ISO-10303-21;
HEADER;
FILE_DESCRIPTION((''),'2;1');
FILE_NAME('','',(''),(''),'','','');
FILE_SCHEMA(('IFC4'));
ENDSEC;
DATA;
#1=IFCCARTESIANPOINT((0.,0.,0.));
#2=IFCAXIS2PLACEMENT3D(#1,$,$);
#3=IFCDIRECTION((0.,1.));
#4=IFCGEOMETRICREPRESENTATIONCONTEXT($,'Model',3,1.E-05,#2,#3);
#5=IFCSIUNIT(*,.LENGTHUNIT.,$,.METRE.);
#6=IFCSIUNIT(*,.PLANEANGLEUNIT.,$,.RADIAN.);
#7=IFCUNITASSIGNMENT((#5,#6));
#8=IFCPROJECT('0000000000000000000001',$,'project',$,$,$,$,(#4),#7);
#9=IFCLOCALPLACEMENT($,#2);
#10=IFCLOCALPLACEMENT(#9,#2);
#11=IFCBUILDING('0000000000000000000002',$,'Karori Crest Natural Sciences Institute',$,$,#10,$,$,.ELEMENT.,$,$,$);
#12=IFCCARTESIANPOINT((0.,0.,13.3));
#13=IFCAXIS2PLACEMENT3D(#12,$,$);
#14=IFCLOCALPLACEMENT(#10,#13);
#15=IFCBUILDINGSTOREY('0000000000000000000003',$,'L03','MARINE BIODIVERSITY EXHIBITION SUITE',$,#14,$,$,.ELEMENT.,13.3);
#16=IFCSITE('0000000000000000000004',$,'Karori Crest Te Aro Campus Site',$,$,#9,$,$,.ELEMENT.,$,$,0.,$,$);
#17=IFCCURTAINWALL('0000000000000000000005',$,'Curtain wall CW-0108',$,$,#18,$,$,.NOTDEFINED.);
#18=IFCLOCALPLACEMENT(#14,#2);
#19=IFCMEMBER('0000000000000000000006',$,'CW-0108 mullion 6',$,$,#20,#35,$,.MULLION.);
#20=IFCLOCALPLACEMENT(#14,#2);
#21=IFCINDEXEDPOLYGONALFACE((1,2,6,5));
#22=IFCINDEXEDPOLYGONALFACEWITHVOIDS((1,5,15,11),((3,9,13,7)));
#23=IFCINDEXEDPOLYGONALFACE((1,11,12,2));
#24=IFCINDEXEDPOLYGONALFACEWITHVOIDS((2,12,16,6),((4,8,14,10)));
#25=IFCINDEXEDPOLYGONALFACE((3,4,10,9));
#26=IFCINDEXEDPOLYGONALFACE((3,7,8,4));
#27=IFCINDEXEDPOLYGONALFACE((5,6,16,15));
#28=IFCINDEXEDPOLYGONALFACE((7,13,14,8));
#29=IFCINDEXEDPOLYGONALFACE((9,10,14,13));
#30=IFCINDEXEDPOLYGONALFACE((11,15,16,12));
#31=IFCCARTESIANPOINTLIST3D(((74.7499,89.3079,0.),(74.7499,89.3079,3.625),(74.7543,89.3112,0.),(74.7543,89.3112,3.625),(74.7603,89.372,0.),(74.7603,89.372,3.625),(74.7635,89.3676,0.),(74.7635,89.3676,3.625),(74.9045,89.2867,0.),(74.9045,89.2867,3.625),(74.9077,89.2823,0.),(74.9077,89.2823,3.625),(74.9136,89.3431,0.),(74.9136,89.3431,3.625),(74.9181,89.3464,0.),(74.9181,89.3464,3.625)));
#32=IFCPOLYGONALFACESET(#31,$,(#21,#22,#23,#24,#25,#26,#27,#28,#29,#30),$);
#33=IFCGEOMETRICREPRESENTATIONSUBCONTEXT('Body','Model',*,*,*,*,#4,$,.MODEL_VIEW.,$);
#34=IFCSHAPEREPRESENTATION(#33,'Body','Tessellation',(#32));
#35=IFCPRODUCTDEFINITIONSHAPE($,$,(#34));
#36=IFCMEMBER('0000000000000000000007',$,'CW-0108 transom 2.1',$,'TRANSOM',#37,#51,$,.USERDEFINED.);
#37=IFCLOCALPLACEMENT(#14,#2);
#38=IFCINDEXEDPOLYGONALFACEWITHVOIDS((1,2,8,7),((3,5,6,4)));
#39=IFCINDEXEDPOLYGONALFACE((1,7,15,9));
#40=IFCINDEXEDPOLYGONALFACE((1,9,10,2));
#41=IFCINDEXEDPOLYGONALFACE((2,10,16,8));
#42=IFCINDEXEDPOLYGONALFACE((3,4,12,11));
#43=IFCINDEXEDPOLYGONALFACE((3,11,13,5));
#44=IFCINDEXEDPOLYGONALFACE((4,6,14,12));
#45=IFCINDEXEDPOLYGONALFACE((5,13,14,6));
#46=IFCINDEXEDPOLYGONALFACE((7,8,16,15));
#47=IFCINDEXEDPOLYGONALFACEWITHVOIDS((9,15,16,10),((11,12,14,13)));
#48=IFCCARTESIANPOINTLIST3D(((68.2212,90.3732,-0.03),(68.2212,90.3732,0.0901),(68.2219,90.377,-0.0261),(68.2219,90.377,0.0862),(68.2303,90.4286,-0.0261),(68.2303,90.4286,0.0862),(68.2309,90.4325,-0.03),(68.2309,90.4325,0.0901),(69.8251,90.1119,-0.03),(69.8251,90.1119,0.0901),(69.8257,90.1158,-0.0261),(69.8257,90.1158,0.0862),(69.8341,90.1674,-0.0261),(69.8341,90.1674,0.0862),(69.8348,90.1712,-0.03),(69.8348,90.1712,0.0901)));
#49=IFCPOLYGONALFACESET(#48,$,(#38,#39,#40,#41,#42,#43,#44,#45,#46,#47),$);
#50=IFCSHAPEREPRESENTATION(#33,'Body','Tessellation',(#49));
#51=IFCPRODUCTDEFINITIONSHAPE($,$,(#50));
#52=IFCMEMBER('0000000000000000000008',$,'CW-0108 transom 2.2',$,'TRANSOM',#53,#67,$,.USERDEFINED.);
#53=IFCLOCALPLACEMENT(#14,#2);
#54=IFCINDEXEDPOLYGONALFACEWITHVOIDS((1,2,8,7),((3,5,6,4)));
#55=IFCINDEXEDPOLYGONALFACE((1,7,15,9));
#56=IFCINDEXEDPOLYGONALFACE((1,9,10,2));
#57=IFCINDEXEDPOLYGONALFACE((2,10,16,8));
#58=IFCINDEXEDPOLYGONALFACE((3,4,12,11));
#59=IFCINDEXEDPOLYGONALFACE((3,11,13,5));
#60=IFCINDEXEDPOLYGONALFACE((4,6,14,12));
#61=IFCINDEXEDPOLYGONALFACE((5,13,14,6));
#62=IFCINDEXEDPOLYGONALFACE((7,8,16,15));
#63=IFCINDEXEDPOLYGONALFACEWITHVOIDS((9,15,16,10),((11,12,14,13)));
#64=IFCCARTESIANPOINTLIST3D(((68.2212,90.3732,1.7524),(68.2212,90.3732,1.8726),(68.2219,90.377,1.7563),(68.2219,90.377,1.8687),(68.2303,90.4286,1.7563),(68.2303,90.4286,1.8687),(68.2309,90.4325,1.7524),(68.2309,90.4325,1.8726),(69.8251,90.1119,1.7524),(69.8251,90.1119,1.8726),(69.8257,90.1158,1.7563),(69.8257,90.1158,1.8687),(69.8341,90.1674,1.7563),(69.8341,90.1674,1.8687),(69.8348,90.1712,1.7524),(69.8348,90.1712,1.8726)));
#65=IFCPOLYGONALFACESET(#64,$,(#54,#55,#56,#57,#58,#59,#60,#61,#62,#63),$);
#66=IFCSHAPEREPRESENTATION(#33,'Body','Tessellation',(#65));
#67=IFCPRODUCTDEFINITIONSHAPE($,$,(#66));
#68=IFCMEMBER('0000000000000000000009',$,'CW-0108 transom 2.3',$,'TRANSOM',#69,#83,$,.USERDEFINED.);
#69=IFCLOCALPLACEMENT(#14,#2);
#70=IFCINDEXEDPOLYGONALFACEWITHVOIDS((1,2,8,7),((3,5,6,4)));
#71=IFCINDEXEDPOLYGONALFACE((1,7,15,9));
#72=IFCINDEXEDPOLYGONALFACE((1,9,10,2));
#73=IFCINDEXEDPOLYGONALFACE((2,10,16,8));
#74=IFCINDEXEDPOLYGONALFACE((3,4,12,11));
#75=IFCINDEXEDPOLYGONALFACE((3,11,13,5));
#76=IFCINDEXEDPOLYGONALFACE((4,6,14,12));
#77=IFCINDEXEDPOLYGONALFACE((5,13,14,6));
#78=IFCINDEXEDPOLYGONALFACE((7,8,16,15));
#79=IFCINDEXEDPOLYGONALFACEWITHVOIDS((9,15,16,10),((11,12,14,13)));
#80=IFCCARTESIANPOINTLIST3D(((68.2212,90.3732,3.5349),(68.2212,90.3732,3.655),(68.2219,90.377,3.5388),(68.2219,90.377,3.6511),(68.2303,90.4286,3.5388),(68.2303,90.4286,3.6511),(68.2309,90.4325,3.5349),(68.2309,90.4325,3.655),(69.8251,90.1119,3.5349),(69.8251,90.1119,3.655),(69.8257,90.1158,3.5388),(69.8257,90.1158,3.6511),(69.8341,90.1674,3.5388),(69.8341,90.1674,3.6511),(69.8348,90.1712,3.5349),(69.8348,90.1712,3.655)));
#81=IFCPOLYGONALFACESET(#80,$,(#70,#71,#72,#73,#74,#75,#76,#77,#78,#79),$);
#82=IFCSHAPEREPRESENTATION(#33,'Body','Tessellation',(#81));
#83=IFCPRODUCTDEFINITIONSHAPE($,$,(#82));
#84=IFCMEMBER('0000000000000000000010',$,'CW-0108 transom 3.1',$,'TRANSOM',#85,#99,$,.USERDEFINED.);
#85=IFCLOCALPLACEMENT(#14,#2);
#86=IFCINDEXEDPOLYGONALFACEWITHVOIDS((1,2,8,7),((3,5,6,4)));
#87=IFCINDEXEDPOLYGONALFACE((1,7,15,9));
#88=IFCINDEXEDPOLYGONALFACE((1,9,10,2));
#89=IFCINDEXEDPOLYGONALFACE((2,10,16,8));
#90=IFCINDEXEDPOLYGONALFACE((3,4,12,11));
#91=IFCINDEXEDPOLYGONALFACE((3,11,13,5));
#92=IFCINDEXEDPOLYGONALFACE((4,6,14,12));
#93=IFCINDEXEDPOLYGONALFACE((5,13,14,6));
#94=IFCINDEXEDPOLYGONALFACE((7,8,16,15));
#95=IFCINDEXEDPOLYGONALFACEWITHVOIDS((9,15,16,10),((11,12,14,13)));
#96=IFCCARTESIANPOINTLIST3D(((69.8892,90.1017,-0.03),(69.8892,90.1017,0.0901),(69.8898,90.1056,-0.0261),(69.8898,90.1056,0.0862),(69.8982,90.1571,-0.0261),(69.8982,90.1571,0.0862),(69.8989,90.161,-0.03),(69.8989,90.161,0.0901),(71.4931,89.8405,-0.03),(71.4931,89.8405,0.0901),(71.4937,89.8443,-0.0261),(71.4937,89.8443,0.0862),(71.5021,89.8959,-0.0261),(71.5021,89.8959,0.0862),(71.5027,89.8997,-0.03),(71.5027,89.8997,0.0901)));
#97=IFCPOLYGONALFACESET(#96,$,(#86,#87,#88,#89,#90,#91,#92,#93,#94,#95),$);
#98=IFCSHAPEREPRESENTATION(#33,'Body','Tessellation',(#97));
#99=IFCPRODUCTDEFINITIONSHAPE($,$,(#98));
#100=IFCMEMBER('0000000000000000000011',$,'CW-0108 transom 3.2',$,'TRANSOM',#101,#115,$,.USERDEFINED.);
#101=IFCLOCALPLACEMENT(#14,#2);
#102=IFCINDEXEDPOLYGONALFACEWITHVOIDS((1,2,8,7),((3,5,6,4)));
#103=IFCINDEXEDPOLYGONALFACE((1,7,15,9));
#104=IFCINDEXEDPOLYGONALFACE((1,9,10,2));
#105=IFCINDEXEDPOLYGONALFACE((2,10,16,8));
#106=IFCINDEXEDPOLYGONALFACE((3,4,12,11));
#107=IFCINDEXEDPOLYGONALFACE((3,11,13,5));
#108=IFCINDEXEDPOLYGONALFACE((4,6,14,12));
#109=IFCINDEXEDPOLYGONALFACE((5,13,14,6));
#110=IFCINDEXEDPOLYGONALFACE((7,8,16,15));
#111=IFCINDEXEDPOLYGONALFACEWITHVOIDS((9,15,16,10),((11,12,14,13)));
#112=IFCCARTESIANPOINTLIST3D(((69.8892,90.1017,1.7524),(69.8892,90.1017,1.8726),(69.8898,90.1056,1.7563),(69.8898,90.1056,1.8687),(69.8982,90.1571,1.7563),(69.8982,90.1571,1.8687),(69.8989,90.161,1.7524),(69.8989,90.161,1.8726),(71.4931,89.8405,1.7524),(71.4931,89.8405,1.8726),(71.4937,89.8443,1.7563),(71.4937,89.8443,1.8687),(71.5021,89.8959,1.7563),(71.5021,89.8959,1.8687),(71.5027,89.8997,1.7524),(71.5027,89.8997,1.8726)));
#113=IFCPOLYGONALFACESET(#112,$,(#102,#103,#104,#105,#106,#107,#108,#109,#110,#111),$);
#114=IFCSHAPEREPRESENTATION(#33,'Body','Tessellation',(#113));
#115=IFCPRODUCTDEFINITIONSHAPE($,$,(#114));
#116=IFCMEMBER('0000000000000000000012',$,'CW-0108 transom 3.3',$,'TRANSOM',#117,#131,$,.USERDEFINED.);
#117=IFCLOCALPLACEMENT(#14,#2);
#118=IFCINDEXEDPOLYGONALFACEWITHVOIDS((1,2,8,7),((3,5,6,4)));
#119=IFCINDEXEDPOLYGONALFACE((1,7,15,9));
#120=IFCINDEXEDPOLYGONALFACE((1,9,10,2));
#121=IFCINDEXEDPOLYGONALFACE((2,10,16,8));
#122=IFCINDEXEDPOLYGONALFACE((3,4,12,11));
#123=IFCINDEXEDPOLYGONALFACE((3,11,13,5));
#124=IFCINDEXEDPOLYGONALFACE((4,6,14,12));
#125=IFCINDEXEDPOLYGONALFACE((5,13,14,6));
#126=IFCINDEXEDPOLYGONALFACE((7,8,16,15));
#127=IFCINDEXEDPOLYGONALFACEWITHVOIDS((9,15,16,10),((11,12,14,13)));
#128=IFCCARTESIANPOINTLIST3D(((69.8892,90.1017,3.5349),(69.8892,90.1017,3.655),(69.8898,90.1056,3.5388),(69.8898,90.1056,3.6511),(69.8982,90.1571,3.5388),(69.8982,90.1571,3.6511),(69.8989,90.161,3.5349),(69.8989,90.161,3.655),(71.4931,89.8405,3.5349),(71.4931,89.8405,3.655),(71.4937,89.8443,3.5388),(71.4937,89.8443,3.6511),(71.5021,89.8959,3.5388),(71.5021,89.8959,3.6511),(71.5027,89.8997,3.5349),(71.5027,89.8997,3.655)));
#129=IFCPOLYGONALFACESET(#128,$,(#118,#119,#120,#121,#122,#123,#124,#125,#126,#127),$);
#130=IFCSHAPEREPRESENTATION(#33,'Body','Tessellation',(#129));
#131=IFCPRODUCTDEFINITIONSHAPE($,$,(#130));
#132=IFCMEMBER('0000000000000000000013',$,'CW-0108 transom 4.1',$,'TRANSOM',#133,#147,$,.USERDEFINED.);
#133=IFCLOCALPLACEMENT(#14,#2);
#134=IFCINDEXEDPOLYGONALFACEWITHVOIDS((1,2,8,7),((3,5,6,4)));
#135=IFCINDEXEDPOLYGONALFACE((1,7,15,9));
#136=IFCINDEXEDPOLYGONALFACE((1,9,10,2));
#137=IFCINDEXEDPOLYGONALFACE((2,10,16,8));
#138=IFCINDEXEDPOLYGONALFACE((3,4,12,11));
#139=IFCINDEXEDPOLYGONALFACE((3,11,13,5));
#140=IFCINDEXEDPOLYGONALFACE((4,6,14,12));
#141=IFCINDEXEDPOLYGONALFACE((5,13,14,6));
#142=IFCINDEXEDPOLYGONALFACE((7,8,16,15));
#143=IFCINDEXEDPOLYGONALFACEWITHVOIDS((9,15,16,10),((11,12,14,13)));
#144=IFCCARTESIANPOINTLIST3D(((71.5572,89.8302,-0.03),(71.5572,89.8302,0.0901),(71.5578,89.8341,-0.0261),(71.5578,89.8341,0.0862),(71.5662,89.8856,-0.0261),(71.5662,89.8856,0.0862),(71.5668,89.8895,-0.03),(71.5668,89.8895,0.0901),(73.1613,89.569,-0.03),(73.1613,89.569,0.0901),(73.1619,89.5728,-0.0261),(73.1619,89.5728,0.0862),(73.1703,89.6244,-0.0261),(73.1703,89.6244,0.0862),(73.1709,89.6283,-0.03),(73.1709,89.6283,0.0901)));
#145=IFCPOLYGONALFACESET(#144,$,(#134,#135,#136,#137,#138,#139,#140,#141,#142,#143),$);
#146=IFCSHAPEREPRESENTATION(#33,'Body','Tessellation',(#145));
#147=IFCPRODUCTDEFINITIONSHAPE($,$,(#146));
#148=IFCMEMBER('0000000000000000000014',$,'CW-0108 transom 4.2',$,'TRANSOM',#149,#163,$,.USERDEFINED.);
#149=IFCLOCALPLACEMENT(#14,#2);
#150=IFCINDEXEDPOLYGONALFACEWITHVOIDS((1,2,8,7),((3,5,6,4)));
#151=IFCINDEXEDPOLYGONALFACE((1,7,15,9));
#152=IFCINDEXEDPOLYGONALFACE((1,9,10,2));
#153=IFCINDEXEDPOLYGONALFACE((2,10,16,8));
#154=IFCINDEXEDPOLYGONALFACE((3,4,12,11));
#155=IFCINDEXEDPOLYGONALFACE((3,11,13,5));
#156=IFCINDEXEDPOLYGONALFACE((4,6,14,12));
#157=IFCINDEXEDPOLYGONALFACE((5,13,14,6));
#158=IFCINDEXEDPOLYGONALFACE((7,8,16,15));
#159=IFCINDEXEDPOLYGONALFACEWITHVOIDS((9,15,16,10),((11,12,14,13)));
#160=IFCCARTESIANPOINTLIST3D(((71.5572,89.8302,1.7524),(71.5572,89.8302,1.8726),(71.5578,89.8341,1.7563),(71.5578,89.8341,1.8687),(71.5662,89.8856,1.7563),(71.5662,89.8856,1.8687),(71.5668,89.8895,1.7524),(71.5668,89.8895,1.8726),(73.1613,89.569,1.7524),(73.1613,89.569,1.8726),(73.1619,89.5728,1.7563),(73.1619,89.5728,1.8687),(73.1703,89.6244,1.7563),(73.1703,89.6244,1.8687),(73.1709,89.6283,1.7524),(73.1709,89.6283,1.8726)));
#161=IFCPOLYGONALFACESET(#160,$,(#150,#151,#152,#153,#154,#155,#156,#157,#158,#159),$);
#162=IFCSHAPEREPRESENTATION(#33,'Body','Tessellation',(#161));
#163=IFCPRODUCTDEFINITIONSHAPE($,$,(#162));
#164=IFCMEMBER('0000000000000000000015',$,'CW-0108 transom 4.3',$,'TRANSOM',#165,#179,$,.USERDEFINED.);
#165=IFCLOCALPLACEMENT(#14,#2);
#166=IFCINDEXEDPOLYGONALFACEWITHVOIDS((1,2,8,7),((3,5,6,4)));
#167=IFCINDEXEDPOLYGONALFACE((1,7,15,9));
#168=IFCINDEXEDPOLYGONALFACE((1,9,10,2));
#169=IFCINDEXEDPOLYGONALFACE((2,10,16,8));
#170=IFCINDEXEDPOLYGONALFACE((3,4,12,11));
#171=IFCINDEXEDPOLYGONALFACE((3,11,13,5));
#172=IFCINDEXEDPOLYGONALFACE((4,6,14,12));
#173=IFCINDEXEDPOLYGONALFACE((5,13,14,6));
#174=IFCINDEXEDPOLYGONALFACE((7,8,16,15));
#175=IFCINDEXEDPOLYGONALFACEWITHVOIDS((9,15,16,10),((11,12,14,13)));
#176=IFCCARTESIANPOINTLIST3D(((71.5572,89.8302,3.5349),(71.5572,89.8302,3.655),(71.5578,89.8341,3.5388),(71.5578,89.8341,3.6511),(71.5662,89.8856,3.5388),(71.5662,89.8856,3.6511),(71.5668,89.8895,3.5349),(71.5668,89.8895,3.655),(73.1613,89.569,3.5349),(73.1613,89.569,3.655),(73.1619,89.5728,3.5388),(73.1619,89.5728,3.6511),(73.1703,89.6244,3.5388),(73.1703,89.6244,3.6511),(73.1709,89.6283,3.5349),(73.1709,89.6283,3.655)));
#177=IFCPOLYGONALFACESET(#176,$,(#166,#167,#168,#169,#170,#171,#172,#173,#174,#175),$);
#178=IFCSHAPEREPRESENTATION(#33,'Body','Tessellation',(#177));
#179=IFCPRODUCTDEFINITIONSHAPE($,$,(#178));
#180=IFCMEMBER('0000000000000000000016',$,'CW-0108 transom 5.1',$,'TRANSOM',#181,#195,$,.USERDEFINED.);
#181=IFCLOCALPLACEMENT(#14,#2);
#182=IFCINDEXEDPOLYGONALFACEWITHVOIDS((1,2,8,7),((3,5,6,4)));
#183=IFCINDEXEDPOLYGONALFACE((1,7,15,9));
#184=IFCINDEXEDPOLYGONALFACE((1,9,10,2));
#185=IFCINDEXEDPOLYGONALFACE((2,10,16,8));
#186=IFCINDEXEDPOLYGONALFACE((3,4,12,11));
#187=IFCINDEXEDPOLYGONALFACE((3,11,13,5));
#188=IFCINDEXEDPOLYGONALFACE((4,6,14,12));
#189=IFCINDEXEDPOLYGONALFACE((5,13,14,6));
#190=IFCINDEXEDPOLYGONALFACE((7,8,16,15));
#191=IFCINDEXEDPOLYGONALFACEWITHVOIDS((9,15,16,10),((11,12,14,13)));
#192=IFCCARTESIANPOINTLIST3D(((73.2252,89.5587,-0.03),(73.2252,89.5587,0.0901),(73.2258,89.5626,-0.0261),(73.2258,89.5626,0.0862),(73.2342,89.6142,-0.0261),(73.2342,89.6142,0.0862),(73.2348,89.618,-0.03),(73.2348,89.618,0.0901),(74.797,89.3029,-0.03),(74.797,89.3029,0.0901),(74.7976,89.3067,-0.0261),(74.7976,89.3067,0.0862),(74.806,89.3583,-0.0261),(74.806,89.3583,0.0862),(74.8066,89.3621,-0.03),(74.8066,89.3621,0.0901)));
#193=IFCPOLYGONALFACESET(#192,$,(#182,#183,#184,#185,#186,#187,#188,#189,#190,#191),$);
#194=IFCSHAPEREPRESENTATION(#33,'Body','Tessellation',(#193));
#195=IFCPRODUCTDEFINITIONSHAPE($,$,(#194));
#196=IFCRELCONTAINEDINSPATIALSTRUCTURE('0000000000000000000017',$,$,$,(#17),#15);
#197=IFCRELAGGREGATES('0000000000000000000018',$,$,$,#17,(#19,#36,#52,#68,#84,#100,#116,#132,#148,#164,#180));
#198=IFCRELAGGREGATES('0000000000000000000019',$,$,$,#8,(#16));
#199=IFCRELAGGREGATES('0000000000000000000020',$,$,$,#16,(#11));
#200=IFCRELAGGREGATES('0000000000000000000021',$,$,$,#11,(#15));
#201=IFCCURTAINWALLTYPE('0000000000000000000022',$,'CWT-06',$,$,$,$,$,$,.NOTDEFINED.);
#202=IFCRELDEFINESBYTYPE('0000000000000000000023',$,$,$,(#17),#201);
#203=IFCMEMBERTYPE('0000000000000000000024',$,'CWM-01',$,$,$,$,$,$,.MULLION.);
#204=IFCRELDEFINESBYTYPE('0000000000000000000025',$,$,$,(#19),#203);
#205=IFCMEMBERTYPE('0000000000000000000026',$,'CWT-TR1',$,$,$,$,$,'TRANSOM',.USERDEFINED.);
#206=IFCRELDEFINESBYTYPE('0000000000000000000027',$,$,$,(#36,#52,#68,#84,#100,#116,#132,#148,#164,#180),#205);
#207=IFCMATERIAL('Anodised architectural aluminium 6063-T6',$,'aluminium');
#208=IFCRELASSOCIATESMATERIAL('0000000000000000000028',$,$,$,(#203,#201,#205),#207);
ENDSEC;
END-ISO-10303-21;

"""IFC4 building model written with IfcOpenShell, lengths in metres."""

from ifc_helpers import new_model, si_unit, direction, frame, origin, origin_2d, place, context, subcontext, project, spatial, hollow_rectangle, extrude, material, material_profile, profile_set, type_object, element, aggregate, save


model = new_model("IFC4")

# Units and contexts
model_context = context("Model", 3, precision=1e-05, world=origin(), true_north=direction((0.0, 1.0)))
body_context = subcontext(model_context, "Body", "Model", "MODEL_VIEW")
ifc_project = project(units=[si_unit("LENGTHUNIT", "METRE"), si_unit("PLANEANGLEUNIT", "RADIAN")], contexts=[model_context])

# Site, building, storey
site_placement = place(None, origin())
site = spatial("IfcSite", under=ifc_project, at=site_placement, Name="Karori Crest Te Aro Campus Site", CompositionType="ELEMENT", RefElevation=0.0)
building_placement = place(site_placement, origin())
building = spatial("IfcBuilding", under=site, at=building_placement, Name="Karori Crest Natural Sciences Institute", CompositionType="ELEMENT")
storey_placement = place(building_placement, frame((0.0, 0.0, 13.3)))
storey = spatial("IfcBuildingStorey", under=building, at=storey_placement, Name="L03", Description="MARINE BIODIVERSITY EXHIBITION SUITE", CompositionType="ELEMENT", Elevation=13.3)

# Shared definitions
ifc_material_1 = material(Name="Anodised architectural aluminium 6063-T6", Category="aluminium")
ifc_material_profile_1 = material_profile(ifc_material_1, hollow_rectangle(XDim=0.0649, YDim=0.1599, WallThickness=0.0039, at=origin_2d()), Name="CWM160x65x4")
ifc_profile_set_1 = profile_set([ifc_material_profile_1], Name="Anodised architectural aluminium 6063-T6")
member_type_1 = type_object("IfcMemberType", Name="CWM-01", PredefinedType="MULLION", material=ifc_profile_set_1)

# Curtain wall, members
curtain_wall_type_1 = type_object("IfcCurtainWallType", Name="CWT-06", PredefinedType="NOTDEFINED", material=ifc_material_1)
curtain_wall_1_placement = place(storey_placement, origin())
curtain_wall_1 = element("IfcCurtainWall", 1, at=curtain_wall_1_placement, inside=storey, type_object=curtain_wall_type_1, Name="Curtain wall CW-0108", PredefinedType="NOTDEFINED")
member_1_placement = place(storey_placement, frame((74.834, 89.3271, 0.0), z_axis=(0.0, 0.0, 1.0), x_axis=(0.160655, 0.987011, 0.0)))
member_1 = element("IfcMember", 2, at=member_1_placement, type_object=member_type_1, Name="CW-0108 mullion 6", PredefinedType="MULLION", context=body_context, shape_type="SweptSolid", body=[
    extrude(hollow_rectangle(XDim=0.0649, YDim=0.1599, WallThickness=0.0039, at=origin_2d()), origin(), (0.0, 0.0, 1.0), 3.625),
])
ifc_material_profile_2 = material_profile(ifc_material_1, hollow_rectangle(XDim=0.0601, YDim=0.1201, WallThickness=0.0039, at=origin_2d()), Name="CWT120x60x4")
ifc_profile_set_2 = profile_set([ifc_material_profile_2], Name="Anodised architectural aluminium 6063-T6")
member_type_2 = type_object("IfcMemberType", Name="CWT-TR1", ElementType="TRANSOM", PredefinedType="USERDEFINED", material=ifc_profile_set_2)
member_2_placement = place(storey_placement, frame((68.2261, 90.4028, 0.03), z_axis=(0.986992, -0.160768, 0.0), x_axis=(0.160768, 0.986992, 0.0)))
member_2 = element("IfcMember", 3, at=member_2_placement, type_object=member_type_2, Name="CW-0108 transom 2.1", ObjectType="TRANSOM", PredefinedType="USERDEFINED", context=body_context, shape_type="SweptSolid", body=[
    extrude(hollow_rectangle(XDim=0.0601, YDim=0.1201, WallThickness=0.0039, at=origin_2d()), origin(), (0.0, 0.0, 1.0), 1.625),
])
member_3_placement = place(storey_placement, frame((68.2261, 90.4028, 1.8125), z_axis=(0.986992, -0.160768, 0.0), x_axis=(0.160768, 0.986992, 0.0)))
member_3 = element("IfcMember", 4, at=member_3_placement, type_object=member_type_2, Name="CW-0108 transom 2.2", ObjectType="TRANSOM", PredefinedType="USERDEFINED", context=body_context, shape_type="SweptSolid", body=[
    extrude(hollow_rectangle(XDim=0.0601, YDim=0.1201, WallThickness=0.0039, at=origin_2d()), origin(), (0.0, 0.0, 1.0), 1.625),
])
member_4_placement = place(storey_placement, frame((68.2261, 90.4028, 3.595), z_axis=(0.986992, -0.160768, 0.0), x_axis=(0.160768, 0.986992, 0.0)))
member_4 = element("IfcMember", 5, at=member_4_placement, type_object=member_type_2, Name="CW-0108 transom 2.3", ObjectType="TRANSOM", PredefinedType="USERDEFINED", context=body_context, shape_type="SweptSolid", body=[
    extrude(hollow_rectangle(XDim=0.0601, YDim=0.1201, WallThickness=0.0039, at=origin_2d()), origin(), (0.0, 0.0, 1.0), 1.625),
])
member_5_placement = place(storey_placement, frame((69.894, 90.1313, 0.03), z_axis=(0.986992, -0.160768, 0.0), x_axis=(0.160768, 0.986992, 0.0)))
member_5 = element("IfcMember", 6, at=member_5_placement, type_object=member_type_2, Name="CW-0108 transom 3.1", ObjectType="TRANSOM", PredefinedType="USERDEFINED", context=body_context, shape_type="SweptSolid", body=[
    extrude(hollow_rectangle(XDim=0.0601, YDim=0.1201, WallThickness=0.0039, at=origin_2d()), origin(), (0.0, 0.0, 1.0), 1.625),
])
member_6_placement = place(storey_placement, frame((69.894, 90.1313, 1.8125), z_axis=(0.986992, -0.160768, 0.0), x_axis=(0.160768, 0.986992, 0.0)))
member_6 = element("IfcMember", 7, at=member_6_placement, type_object=member_type_2, Name="CW-0108 transom 3.2", ObjectType="TRANSOM", PredefinedType="USERDEFINED", context=body_context, shape_type="SweptSolid", body=[
    extrude(hollow_rectangle(XDim=0.0601, YDim=0.1201, WallThickness=0.0039, at=origin_2d()), origin(), (0.0, 0.0, 1.0), 1.625),
])
member_7_placement = place(storey_placement, frame((69.894, 90.1313, 3.595), z_axis=(0.986992, -0.160768, 0.0), x_axis=(0.160768, 0.986992, 0.0)))
member_7 = element("IfcMember", 8, at=member_7_placement, type_object=member_type_2, Name="CW-0108 transom 3.3", ObjectType="TRANSOM", PredefinedType="USERDEFINED", context=body_context, shape_type="SweptSolid", body=[
    extrude(hollow_rectangle(XDim=0.0601, YDim=0.1201, WallThickness=0.0039, at=origin_2d()), origin(), (0.0, 0.0, 1.0), 1.625),
])
member_8_placement = place(storey_placement, frame((71.562, 89.8599, 0.03), z_axis=(0.986996, -0.160744, 0.0), x_axis=(0.160744, 0.986996, 0.0)))
member_8 = element("IfcMember", 9, at=member_8_placement, type_object=member_type_2, Name="CW-0108 transom 4.1", ObjectType="TRANSOM", PredefinedType="USERDEFINED", context=body_context, shape_type="SweptSolid", body=[
    extrude(hollow_rectangle(XDim=0.0601, YDim=0.1201, WallThickness=0.0039, at=origin_2d()), origin(), (0.0, 0.0, 1.0), 1.6252),
])
member_9_placement = place(storey_placement, frame((71.562, 89.8599, 1.8125), z_axis=(0.986996, -0.160744, 0.0), x_axis=(0.160744, 0.986996, 0.0)))
member_9 = element("IfcMember", 10, at=member_9_placement, type_object=member_type_2, Name="CW-0108 transom 4.2", ObjectType="TRANSOM", PredefinedType="USERDEFINED", context=body_context, shape_type="SweptSolid", body=[
    extrude(hollow_rectangle(XDim=0.0601, YDim=0.1201, WallThickness=0.0039, at=origin_2d()), origin(), (0.0, 0.0, 1.0), 1.6252),
])
member_10_placement = place(storey_placement, frame((71.562, 89.8599, 3.595), z_axis=(0.986996, -0.160744, 0.0), x_axis=(0.160744, 0.986996, 0.0)))
member_10 = element("IfcMember", 11, at=member_10_placement, type_object=member_type_2, Name="CW-0108 transom 4.3", ObjectType="TRANSOM", PredefinedType="USERDEFINED", context=body_context, shape_type="SweptSolid", body=[
    extrude(hollow_rectangle(XDim=0.0601, YDim=0.1201, WallThickness=0.0039, at=origin_2d()), origin(), (0.0, 0.0, 1.0), 1.6252),
])
member_11_placement = place(storey_placement, frame((73.23, 89.5884, 0.03), z_axis=(0.987008, -0.160669, 0.0), x_axis=(0.160669, 0.987008, 0.0)))
member_11 = element("IfcMember", 12, at=member_11_placement, type_object=member_type_2, Name="CW-0108 transom 5.1", ObjectType="TRANSOM", PredefinedType="USERDEFINED", context=body_context, shape_type="SweptSolid", body=[
    extrude(hollow_rectangle(XDim=0.0601, YDim=0.1201, WallThickness=0.0039, at=origin_2d()), origin(), (0.0, 0.0, 1.0), 1.5925),
])

aggregate(curtain_wall_1, [member_1, member_2, member_3, member_4, member_5, member_6, member_7, member_8, member_9, member_10, member_11])

save(model, "model.ifc")
